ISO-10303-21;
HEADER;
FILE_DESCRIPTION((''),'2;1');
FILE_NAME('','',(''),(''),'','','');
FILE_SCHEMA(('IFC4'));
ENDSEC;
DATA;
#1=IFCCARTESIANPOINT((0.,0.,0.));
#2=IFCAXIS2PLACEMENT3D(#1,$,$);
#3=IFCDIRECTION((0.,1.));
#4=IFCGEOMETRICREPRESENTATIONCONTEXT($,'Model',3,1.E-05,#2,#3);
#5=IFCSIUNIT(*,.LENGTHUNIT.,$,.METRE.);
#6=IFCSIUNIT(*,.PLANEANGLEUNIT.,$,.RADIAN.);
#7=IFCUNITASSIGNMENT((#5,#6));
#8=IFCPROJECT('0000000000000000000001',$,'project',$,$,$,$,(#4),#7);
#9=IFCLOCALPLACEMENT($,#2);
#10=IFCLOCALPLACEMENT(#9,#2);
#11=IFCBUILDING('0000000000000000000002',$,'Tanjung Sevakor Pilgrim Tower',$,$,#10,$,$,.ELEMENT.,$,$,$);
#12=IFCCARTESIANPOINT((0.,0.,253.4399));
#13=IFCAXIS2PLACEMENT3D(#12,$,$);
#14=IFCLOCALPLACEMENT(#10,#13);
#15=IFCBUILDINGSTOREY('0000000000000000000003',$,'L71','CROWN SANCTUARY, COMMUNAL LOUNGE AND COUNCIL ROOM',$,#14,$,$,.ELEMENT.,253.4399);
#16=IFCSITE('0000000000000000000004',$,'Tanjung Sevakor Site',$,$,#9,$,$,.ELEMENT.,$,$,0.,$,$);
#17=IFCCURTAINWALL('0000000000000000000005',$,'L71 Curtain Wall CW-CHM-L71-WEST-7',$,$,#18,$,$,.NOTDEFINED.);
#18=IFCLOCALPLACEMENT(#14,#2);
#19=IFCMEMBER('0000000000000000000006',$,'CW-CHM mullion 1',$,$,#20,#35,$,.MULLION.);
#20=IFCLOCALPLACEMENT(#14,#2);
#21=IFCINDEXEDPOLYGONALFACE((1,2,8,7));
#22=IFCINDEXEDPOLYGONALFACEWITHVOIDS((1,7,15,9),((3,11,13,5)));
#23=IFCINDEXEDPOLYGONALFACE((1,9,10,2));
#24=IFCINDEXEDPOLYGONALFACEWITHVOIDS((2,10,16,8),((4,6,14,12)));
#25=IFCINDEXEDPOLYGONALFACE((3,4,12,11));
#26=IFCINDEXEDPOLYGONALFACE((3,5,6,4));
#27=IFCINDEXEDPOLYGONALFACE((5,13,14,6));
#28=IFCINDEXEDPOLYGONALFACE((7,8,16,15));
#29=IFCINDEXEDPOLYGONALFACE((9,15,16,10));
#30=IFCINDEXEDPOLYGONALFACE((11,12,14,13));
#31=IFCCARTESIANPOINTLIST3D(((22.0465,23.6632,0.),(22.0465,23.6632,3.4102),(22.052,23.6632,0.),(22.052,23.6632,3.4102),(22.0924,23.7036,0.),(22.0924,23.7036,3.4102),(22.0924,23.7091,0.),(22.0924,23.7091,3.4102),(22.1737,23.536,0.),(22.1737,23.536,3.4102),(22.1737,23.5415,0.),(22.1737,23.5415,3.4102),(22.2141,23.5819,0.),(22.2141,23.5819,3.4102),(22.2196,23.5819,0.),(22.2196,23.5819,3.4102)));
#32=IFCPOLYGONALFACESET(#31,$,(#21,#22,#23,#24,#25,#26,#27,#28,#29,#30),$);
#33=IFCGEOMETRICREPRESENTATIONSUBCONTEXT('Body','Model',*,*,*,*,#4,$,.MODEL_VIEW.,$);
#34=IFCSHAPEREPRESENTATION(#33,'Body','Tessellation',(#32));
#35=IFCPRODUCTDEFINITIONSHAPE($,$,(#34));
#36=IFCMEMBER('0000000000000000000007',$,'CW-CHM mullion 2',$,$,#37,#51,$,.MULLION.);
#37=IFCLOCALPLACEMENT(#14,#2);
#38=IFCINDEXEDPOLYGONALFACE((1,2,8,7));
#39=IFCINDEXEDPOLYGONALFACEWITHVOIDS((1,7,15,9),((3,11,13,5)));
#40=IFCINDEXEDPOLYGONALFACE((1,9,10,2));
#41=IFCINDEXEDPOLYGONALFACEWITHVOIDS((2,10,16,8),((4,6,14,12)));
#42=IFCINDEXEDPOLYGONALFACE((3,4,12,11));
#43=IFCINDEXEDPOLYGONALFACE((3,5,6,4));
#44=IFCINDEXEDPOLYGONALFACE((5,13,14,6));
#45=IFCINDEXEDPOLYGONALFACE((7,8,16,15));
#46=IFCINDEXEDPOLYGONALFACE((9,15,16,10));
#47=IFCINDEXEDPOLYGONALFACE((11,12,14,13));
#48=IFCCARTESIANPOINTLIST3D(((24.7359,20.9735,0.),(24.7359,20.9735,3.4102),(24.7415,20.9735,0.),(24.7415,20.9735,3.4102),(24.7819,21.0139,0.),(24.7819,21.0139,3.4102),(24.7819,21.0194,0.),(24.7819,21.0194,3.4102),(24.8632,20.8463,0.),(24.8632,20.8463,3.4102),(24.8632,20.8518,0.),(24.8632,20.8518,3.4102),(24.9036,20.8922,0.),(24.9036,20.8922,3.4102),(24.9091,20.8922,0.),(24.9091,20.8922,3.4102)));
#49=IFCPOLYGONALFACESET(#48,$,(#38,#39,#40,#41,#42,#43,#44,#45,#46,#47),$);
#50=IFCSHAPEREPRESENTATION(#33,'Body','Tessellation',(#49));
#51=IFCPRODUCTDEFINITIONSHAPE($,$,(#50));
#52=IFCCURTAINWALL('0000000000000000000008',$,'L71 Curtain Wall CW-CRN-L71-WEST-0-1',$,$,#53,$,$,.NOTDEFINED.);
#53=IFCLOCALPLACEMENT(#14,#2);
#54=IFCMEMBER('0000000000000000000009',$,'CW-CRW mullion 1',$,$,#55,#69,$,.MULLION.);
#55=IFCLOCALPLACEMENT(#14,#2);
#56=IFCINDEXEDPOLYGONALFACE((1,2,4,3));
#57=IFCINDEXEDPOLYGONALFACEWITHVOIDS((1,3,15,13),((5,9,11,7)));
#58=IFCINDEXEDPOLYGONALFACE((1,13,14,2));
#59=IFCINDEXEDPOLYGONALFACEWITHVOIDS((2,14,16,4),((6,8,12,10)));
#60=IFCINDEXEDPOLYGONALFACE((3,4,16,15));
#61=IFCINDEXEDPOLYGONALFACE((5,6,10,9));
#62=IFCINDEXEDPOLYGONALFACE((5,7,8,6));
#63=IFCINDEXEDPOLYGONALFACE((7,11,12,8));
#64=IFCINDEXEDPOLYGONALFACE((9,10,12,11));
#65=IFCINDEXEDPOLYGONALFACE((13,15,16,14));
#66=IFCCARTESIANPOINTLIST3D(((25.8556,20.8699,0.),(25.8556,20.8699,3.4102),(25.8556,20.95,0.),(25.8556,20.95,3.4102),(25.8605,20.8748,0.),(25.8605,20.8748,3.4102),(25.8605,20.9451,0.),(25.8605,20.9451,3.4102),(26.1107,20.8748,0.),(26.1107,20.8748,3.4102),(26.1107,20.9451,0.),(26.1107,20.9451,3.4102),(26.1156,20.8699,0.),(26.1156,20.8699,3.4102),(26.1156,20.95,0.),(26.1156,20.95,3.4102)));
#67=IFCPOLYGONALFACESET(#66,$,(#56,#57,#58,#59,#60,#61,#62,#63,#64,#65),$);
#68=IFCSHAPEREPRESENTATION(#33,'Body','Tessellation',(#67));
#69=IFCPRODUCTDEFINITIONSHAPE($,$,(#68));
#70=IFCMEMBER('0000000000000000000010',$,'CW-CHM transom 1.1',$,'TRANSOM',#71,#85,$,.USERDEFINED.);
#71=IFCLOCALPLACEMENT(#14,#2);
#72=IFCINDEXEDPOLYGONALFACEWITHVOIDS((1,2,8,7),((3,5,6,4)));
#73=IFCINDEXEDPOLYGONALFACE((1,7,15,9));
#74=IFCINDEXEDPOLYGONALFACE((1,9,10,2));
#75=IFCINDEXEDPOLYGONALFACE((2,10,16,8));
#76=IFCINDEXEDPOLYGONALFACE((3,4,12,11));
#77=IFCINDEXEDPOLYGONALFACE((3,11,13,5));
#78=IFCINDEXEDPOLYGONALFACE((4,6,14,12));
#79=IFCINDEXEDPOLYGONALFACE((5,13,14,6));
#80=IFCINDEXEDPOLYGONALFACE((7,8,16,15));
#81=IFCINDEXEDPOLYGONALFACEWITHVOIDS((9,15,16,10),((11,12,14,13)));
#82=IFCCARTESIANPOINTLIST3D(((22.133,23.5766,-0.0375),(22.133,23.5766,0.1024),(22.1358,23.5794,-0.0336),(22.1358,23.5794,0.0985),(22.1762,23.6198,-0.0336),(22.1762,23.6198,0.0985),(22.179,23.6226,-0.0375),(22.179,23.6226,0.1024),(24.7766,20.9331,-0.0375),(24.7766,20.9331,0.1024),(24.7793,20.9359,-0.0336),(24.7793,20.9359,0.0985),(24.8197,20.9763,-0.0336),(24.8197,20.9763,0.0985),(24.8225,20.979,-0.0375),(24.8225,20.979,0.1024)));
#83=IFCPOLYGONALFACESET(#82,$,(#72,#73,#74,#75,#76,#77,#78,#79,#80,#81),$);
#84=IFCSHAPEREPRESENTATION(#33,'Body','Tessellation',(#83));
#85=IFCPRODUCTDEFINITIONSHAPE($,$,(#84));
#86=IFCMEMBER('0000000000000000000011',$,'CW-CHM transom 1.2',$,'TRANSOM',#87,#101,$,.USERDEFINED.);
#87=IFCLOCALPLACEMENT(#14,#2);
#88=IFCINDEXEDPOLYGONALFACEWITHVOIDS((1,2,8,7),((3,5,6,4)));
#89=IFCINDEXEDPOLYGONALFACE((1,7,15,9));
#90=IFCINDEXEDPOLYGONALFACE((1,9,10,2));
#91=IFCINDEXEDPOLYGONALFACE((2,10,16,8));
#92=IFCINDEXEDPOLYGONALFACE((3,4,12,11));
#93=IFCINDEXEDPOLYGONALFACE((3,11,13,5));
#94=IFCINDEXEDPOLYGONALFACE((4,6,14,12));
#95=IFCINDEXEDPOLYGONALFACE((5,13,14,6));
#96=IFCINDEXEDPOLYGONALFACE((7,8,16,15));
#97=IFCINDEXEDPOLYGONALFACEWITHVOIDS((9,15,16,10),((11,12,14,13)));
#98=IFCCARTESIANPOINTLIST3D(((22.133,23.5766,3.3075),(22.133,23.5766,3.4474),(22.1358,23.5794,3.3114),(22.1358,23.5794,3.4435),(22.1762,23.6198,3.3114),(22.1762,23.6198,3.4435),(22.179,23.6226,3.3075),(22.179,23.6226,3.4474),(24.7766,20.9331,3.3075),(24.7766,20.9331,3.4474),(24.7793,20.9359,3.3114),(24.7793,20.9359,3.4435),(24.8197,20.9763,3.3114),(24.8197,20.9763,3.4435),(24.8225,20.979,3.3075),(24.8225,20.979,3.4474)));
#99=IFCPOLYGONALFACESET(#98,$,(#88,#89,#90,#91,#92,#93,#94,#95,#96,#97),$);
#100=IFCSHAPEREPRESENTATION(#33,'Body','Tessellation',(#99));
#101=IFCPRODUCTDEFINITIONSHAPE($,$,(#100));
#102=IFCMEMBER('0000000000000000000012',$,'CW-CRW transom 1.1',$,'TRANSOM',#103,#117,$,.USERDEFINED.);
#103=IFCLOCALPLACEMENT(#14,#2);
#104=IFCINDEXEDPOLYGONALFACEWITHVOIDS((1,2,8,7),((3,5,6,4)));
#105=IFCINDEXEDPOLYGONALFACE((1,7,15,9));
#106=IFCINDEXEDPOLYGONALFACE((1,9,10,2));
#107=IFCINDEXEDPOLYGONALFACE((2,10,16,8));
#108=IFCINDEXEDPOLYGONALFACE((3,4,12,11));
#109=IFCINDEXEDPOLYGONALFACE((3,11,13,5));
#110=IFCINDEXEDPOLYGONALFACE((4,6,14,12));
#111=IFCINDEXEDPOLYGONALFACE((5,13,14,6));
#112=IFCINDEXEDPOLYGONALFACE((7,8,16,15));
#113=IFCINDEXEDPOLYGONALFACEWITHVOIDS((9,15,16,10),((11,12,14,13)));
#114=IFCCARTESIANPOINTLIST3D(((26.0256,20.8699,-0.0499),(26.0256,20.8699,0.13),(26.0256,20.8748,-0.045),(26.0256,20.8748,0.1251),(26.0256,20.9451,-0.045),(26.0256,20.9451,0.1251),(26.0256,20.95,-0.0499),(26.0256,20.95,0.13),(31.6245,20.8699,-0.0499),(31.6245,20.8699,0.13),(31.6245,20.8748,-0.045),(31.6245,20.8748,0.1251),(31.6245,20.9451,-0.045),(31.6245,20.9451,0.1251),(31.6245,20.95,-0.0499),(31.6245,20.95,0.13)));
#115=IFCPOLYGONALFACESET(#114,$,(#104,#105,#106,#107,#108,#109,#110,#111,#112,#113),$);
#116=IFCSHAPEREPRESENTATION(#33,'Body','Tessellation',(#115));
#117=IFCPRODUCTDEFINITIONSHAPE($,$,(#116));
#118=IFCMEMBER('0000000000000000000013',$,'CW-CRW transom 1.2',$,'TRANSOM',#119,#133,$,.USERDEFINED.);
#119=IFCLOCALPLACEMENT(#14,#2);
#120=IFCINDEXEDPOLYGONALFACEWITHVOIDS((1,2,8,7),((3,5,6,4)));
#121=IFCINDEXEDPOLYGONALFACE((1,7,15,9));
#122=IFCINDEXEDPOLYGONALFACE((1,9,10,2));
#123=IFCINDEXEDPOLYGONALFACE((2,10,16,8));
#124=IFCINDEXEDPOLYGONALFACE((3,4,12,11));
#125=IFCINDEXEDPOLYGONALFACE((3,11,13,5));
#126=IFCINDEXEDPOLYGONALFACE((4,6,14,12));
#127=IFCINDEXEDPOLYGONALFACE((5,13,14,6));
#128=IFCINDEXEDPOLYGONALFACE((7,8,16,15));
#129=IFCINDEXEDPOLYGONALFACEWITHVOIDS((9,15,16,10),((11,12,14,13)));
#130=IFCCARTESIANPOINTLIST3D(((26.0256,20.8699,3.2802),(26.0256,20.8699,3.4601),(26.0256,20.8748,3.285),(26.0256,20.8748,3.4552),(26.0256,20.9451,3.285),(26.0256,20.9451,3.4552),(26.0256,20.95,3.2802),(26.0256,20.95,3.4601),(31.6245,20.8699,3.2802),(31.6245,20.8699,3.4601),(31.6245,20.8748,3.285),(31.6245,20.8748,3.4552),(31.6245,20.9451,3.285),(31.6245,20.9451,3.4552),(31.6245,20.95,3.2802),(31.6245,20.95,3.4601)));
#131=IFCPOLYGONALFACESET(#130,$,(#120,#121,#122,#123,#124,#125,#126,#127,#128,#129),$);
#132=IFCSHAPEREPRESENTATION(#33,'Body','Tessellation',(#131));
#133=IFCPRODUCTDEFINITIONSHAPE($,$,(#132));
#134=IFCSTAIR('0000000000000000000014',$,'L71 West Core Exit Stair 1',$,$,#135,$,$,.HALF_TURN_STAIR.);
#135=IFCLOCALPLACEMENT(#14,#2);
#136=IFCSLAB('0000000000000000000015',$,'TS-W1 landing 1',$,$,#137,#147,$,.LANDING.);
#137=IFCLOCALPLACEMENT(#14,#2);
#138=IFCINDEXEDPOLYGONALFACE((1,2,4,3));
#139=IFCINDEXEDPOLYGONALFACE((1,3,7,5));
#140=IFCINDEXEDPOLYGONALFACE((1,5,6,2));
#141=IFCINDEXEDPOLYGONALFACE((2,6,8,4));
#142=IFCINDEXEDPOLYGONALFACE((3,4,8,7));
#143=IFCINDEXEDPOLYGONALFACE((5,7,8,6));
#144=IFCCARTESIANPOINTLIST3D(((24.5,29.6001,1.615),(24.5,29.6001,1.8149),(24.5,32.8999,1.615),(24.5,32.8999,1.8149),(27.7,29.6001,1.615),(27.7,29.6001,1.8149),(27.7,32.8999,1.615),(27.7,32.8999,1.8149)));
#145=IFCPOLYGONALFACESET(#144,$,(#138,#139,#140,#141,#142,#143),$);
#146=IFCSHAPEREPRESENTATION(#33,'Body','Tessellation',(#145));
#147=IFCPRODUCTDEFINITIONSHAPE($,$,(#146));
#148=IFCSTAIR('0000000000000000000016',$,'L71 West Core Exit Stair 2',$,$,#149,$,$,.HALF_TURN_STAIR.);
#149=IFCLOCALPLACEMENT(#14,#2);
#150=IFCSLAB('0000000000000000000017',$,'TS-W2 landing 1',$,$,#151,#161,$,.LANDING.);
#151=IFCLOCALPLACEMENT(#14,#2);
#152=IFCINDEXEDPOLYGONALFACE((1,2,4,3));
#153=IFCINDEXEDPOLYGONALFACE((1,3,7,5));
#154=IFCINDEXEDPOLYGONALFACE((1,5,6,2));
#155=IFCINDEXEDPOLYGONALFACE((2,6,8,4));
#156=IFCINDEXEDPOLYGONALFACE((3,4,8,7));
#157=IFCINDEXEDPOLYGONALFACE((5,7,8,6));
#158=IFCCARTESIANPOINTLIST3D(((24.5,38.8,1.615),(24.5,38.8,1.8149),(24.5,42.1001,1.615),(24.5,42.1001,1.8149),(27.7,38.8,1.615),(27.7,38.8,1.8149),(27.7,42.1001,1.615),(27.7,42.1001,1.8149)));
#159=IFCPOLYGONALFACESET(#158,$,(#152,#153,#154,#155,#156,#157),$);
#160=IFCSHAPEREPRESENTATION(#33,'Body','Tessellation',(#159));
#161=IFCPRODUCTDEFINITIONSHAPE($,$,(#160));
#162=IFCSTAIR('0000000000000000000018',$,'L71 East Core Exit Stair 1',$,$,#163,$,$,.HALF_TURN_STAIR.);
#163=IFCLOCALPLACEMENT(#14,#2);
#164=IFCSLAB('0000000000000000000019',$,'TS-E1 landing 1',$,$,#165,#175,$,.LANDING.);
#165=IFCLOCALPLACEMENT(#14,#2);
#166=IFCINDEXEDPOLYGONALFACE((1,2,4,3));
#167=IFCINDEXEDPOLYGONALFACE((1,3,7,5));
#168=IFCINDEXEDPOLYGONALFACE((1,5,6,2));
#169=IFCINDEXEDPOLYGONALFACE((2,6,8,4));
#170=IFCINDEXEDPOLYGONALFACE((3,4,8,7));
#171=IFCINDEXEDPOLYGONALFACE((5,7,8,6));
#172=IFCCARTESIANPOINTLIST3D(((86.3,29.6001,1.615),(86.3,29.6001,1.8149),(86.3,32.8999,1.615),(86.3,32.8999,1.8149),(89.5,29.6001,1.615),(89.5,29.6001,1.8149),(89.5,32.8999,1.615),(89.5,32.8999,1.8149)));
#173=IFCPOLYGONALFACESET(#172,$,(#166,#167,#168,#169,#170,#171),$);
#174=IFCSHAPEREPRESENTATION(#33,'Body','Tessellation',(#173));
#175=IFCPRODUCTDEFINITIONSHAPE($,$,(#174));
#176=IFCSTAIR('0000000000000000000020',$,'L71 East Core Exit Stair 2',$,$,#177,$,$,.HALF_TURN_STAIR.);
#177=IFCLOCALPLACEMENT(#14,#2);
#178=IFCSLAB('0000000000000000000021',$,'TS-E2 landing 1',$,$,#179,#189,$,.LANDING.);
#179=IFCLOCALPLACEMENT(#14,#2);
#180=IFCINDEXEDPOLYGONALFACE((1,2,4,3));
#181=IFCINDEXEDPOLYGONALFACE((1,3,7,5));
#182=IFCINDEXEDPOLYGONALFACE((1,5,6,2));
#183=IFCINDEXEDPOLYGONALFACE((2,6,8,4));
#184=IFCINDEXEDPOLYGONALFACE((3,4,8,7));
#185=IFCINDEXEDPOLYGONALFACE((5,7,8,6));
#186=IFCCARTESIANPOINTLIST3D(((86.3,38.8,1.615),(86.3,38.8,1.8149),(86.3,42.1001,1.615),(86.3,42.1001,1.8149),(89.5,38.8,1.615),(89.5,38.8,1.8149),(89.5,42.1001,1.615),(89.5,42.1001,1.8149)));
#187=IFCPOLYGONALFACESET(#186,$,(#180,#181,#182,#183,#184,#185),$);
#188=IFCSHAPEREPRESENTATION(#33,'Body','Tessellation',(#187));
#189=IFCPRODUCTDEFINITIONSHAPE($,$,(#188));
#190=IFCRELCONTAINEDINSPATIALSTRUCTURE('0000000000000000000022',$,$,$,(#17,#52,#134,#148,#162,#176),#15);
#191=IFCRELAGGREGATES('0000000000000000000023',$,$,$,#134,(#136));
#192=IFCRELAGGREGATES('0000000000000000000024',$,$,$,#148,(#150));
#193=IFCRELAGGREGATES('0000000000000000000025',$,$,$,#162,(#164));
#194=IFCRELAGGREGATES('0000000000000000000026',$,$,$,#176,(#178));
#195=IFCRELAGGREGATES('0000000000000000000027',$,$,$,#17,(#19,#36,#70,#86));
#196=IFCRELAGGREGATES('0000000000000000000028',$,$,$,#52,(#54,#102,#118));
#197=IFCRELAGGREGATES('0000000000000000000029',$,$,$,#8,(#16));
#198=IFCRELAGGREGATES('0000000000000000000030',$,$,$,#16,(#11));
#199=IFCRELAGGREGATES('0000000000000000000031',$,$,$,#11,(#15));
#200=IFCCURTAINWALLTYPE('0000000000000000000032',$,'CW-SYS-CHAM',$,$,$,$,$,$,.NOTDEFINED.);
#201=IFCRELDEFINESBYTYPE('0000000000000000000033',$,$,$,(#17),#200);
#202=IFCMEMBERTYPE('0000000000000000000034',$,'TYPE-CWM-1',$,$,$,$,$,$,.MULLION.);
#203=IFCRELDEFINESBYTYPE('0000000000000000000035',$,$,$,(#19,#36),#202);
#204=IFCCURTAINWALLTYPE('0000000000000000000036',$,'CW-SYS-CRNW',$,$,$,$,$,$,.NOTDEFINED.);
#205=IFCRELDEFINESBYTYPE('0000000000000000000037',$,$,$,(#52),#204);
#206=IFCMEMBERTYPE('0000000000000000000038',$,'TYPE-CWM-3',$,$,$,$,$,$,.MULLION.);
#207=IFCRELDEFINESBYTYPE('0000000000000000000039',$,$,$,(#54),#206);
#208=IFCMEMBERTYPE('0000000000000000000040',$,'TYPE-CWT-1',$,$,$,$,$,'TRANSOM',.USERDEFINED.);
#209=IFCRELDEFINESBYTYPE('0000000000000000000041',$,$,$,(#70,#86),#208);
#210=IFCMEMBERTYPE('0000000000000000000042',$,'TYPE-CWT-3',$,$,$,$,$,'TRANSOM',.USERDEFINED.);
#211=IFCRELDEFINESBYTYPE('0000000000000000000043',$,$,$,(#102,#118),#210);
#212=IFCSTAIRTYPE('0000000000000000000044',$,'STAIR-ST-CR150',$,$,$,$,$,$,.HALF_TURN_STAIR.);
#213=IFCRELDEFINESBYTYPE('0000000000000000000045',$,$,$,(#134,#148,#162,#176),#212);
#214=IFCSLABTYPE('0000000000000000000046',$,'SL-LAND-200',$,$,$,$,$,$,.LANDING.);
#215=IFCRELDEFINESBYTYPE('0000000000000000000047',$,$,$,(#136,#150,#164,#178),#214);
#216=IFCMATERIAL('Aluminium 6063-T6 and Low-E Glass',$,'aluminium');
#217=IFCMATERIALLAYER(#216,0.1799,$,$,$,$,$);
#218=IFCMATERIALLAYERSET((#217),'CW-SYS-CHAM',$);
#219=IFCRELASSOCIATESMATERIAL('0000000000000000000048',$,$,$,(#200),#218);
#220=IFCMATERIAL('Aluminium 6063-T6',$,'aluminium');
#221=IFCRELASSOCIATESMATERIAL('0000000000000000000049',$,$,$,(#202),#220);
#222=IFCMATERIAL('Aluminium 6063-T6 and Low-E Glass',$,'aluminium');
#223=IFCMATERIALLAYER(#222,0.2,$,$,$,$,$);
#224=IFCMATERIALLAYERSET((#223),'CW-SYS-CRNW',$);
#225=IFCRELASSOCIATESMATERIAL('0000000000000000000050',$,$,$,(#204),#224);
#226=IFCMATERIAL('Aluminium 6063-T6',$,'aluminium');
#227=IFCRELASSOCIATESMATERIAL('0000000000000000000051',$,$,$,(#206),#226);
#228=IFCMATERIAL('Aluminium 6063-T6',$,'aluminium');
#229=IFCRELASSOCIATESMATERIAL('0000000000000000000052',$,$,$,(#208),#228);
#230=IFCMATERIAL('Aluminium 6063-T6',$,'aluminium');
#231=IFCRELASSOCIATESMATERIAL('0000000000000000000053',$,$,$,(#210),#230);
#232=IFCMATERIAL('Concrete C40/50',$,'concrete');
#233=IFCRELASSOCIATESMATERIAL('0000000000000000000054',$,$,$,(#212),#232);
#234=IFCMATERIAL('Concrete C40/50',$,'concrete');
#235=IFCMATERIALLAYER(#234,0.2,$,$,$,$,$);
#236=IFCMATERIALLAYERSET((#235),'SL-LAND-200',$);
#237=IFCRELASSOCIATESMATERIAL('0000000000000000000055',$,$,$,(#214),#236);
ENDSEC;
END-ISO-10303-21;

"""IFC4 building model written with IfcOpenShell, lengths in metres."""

from ifc_helpers import new_model, si_unit, direction, frame, origin, origin_2d, place, context, subcontext, project, spatial, polyline, hollow_rectangle, outline, extrude, material, layer, layer_set, material_profile, profile_set, type_object, element, aggregate, save


model = new_model("IFC4")

# Units and contexts
model_context = context("Model", 3, precision=1e-05, world=origin(), true_north=direction((0.0, 1.0)))
body_context = subcontext(model_context, "Body", "Model", "MODEL_VIEW")
ifc_project = project(units=[si_unit("LENGTHUNIT", "METRE"), si_unit("PLANEANGLEUNIT", "RADIAN")], contexts=[model_context])

# Site, building, storey
site_placement = place(None, origin())
site = spatial("IfcSite", under=ifc_project, at=site_placement, Name="Tanjung Sevakor Site", CompositionType="ELEMENT", RefElevation=0.0)
building_placement = place(site_placement, origin())
building = spatial("IfcBuilding", under=site, at=building_placement, Name="Tanjung Sevakor Pilgrim Tower", CompositionType="ELEMENT")
storey_placement = place(building_placement, frame((0.0, 0.0, 253.4399)))
storey = spatial("IfcBuildingStorey", under=building, at=storey_placement, Name="L71", Description="CROWN SANCTUARY, COMMUNAL LOUNGE AND COUNCIL ROOM", CompositionType="ELEMENT", Elevation=253.4399)

# Curtain wall, members
ifc_material_1 = material(Name="Aluminium 6063-T6 and Low-E Glass", Category="aluminium")
ifc_layer_1 = layer(ifc_material_1, 0.1799)
ifc_layer_set_1 = layer_set([ifc_layer_1], Name="CW-SYS-CHAM")
curtain_wall_type_1 = type_object("IfcCurtainWallType", Name="CW-SYS-CHAM", PredefinedType="NOTDEFINED", material=ifc_layer_set_1)
curtain_wall_1_placement = place(storey_placement, origin())
curtain_wall_1 = element("IfcCurtainWall", 1, at=curtain_wall_1_placement, inside=storey, type_object=curtain_wall_type_1, Name="L71 Curtain Wall CW-CHM-L71-WEST-7", PredefinedType="NOTDEFINED")
ifc_material_2 = material(Name="Aluminium 6063-T6", Category="aluminium")
ifc_material_profile_1 = material_profile(ifc_material_2, hollow_rectangle(XDim=0.0649, YDim=0.1799, WallThickness=0.0039, at=origin_2d()))
ifc_profile_set_1 = profile_set([ifc_material_profile_1], Name="Aluminium 6063-T6")
member_type_1 = type_object("IfcMemberType", Name="TYPE-CWM-1", PredefinedType="MULLION", material=ifc_profile_set_1)
member_1_placement = place(storey_placement, frame((22.1331, 23.6226, 0.0), z_axis=(0.0, 0.0, 1.0), x_axis=(0.707107, 0.707107, 0.0)))
member_1 = element("IfcMember", 2, at=member_1_placement, type_object=member_type_1, Name="CW-CHM mullion 1", PredefinedType="MULLION", context=body_context, shape_type="SweptSolid", body=[
    extrude(hollow_rectangle(XDim=0.0649, YDim=0.1799, WallThickness=0.0039, at=origin_2d()), origin(), (0.0, 0.0, 1.0), 3.4102),
])
member_2_placement = place(storey_placement, frame((24.8225, 20.9329, 0.0), z_axis=(0.0, 0.0, 1.0), x_axis=(0.707107, 0.707107, 0.0)))
member_2 = element("IfcMember", 3, at=member_2_placement, type_object=member_type_1, Name="CW-CHM mullion 2", PredefinedType="MULLION", context=body_context, shape_type="SweptSolid", body=[
    extrude(hollow_rectangle(XDim=0.0649, YDim=0.1799, WallThickness=0.0039, at=origin_2d()), origin(), (0.0, 0.0, 1.0), 3.4102),
])

# Curtain wall, member
ifc_material_3 = material(Name="Aluminium 6063-T6 and Low-E Glass", Category="aluminium")
ifc_layer_2 = layer(ifc_material_3, 0.2)
ifc_layer_set_2 = layer_set([ifc_layer_2], Name="CW-SYS-CRNW")
curtain_wall_type_2 = type_object("IfcCurtainWallType", Name="CW-SYS-CRNW", PredefinedType="NOTDEFINED", material=ifc_layer_set_2)
curtain_wall_2_placement = place(storey_placement, origin())
curtain_wall_2 = element("IfcCurtainWall", 4, at=curtain_wall_2_placement, inside=storey, type_object=curtain_wall_type_2, Name="L71 Curtain Wall CW-CRN-L71-WEST-0-1", PredefinedType="NOTDEFINED")
ifc_material_4 = material(Name="Aluminium 6063-T6", Category="aluminium")
ifc_material_profile_2 = material_profile(ifc_material_4, hollow_rectangle(XDim=0.0801, YDim=0.26, WallThickness=0.0049, at=origin_2d()))
ifc_profile_set_2 = profile_set([ifc_material_profile_2], Name="Aluminium 6063-T6")
member_type_2 = type_object("IfcMemberType", Name="TYPE-CWM-3", PredefinedType="MULLION", material=ifc_profile_set_2)
member_3_placement = place(storey_placement, frame((25.9856, 20.9099, 0.0), z_axis=(0.0, 0.0, 1.0), x_axis=(0.0, 1.0, 0.0)))
member_3 = element("IfcMember", 5, at=member_3_placement, type_object=member_type_2, Name="CW-CRW mullion 1", PredefinedType="MULLION", context=body_context, shape_type="SweptSolid", body=[
    extrude(hollow_rectangle(XDim=0.0801, YDim=0.26, WallThickness=0.0049, at=origin_2d()), origin(), (0.0, 0.0, 1.0), 3.4102),
])

# Members
ifc_material_5 = material(Name="Aluminium 6063-T6", Category="aluminium")
ifc_material_profile_3 = material_profile(ifc_material_5, hollow_rectangle(XDim=0.0649, YDim=0.1399, WallThickness=0.0039, at=origin_2d()))
ifc_profile_set_3 = profile_set([ifc_material_profile_3], Name="Aluminium 6063-T6")
member_type_3 = type_object("IfcMemberType", Name="TYPE-CWT-1", ElementType="TRANSOM", PredefinedType="USERDEFINED", material=ifc_profile_set_3)
member_4_placement = place(storey_placement, frame((22.156, 23.5996, 0.0325), z_axis=(0.707107, -0.707107, 0.0), x_axis=(0.707107, 0.707107, 0.0)))
member_4 = element("IfcMember", 6, at=member_4_placement, type_object=member_type_3, Name="CW-CHM transom 1.1", ObjectType="TRANSOM", PredefinedType="USERDEFINED", context=body_context, shape_type="SweptSolid", body=[
    extrude(hollow_rectangle(XDim=0.0649, YDim=0.1399, WallThickness=0.0039, at=origin_2d()), origin(), (0.0, 0.0, 1.0), 3.7385),
])
member_5_placement = place(storey_placement, frame((22.156, 23.5996, 3.3774), z_axis=(0.707107, -0.707107, 0.0), x_axis=(0.707107, 0.707107, 0.0)))
member_5 = element("IfcMember", 7, at=member_5_placement, type_object=member_type_3, Name="CW-CHM transom 1.2", ObjectType="TRANSOM", PredefinedType="USERDEFINED", context=body_context, shape_type="SweptSolid", body=[
    extrude(hollow_rectangle(XDim=0.0649, YDim=0.1399, WallThickness=0.0039, at=origin_2d()), origin(), (0.0, 0.0, 1.0), 3.7385),
])
ifc_material_6 = material(Name="Aluminium 6063-T6", Category="aluminium")
ifc_material_profile_4 = material_profile(ifc_material_6, hollow_rectangle(XDim=0.0801, YDim=0.1799, WallThickness=0.0049, at=origin_2d()))
ifc_profile_set_4 = profile_set([ifc_material_profile_4], Name="Aluminium 6063-T6")
member_type_4 = type_object("IfcMemberType", Name="TYPE-CWT-3", ElementType="TRANSOM", PredefinedType="USERDEFINED", material=ifc_profile_set_4)
member_6_placement = place(storey_placement, frame((26.0256, 20.9099, 0.04), z_axis=(1.0, 0.0, 0.0), x_axis=(0.0, 1.0, 0.0)))
member_6 = element("IfcMember", 8, at=member_6_placement, type_object=member_type_4, Name="CW-CRW transom 1.1", ObjectType="TRANSOM", PredefinedType="USERDEFINED", context=body_context, shape_type="SweptSolid", body=[
    extrude(hollow_rectangle(XDim=0.0801, YDim=0.1799, WallThickness=0.0049, at=origin_2d()), origin(), (0.0, 0.0, 1.0), 5.5989),
])
member_7_placement = place(storey_placement, frame((26.0256, 20.9099, 3.3701), z_axis=(1.0, 0.0, 0.0), x_axis=(0.0, 1.0, 0.0)))
member_7 = element("IfcMember", 9, at=member_7_placement, type_object=member_type_4, Name="CW-CRW transom 1.2", ObjectType="TRANSOM", PredefinedType="USERDEFINED", context=body_context, shape_type="SweptSolid", body=[
    extrude(hollow_rectangle(XDim=0.0801, YDim=0.1799, WallThickness=0.0049, at=origin_2d()), origin(), (0.0, 0.0, 1.0), 5.5989),
])

# Stairs, slabs
ifc_material_7 = material(Name="Concrete C40/50", Category="concrete")
stair_type = type_object("IfcStairType", Name="STAIR-ST-CR150", PredefinedType="HALF_TURN_STAIR", material=ifc_material_7)
stair_1_placement = place(storey_placement, origin())
stair_1 = element("IfcStair", 10, at=stair_1_placement, inside=storey, type_object=stair_type, Name="L71 West Core Exit Stair 1", PredefinedType="HALF_TURN_STAIR")
ifc_material_8 = material(Name="Concrete C40/50", Category="concrete")
ifc_layer_3 = layer(ifc_material_8, 0.2)
ifc_layer_set_3 = layer_set([ifc_layer_3], Name="SL-LAND-200")
slab_type_1 = type_object("IfcSlabType", Name="SL-LAND-200", PredefinedType="LANDING", material=ifc_layer_set_3)
slab_1_placement = place(storey_placement, frame((0.0, 0.0, 1.615)))
slab_1 = element("IfcSlab", 11, at=slab_1_placement, type_object=slab_type_1, Name="TS-W1 landing 1", PredefinedType="LANDING", context=body_context, shape_type="SweptSolid", body=[
    extrude(outline(polyline([(27.7, 29.6001), (27.7, 32.8999), (24.5, 32.8999), (24.5, 29.6001), (27.7, 29.6001)])), origin(), (0.0, 0.0, 1.0), 0.2),
])
aggregate(stair_1, [slab_1])
stair_2_placement = place(storey_placement, origin())
stair_2 = element("IfcStair", 12, at=stair_2_placement, inside=storey, type_object=stair_type, Name="L71 West Core Exit Stair 2", PredefinedType="HALF_TURN_STAIR")
slab_2_placement = place(storey_placement, frame((0.0, 0.0, 1.615)))
slab_2 = element("IfcSlab", 13, at=slab_2_placement, type_object=slab_type_1, Name="TS-W2 landing 1", PredefinedType="LANDING", context=body_context, shape_type="SweptSolid", body=[
    extrude(outline(polyline([(27.7, 38.8), (27.7, 42.1001), (24.5, 42.1001), (24.5, 38.8), (27.7, 38.8)])), origin(), (0.0, 0.0, 1.0), 0.2),
])
aggregate(stair_2, [slab_2])
stair_3_placement = place(storey_placement, origin())
stair_3 = element("IfcStair", 14, at=stair_3_placement, inside=storey, type_object=stair_type, Name="L71 East Core Exit Stair 1", PredefinedType="HALF_TURN_STAIR")
slab_3_placement = place(storey_placement, frame((0.0, 0.0, 1.615)))
slab_3 = element("IfcSlab", 15, at=slab_3_placement, type_object=slab_type_1, Name="TS-E1 landing 1", PredefinedType="LANDING", context=body_context, shape_type="SweptSolid", body=[
    extrude(outline(polyline([(89.5, 29.6001), (89.5, 32.8999), (86.3, 32.8999), (86.3, 29.6001), (89.5, 29.6001)])), origin(), (0.0, 0.0, 1.0), 0.2),
])
aggregate(stair_3, [slab_3])
stair_4_placement = place(storey_placement, origin())
stair_4 = element("IfcStair", 16, at=stair_4_placement, inside=storey, type_object=stair_type, Name="L71 East Core Exit Stair 2", PredefinedType="HALF_TURN_STAIR")
slab_4_placement = place(storey_placement, frame((0.0, 0.0, 1.615)))
slab_4 = element("IfcSlab", 17, at=slab_4_placement, type_object=slab_type_1, Name="TS-E2 landing 1", PredefinedType="LANDING", context=body_context, shape_type="SweptSolid", body=[
    extrude(outline(polyline([(89.5, 38.8), (89.5, 42.1001), (86.3, 42.1001), (86.3, 38.8), (89.5, 38.8)])), origin(), (0.0, 0.0, 1.0), 0.2),
])
aggregate(stair_4, [slab_4])

aggregate(curtain_wall_1, [member_1, member_2, member_4, member_5])
aggregate(curtain_wall_2, [member_3, member_6, member_7])

save(model, "model.ifc")
